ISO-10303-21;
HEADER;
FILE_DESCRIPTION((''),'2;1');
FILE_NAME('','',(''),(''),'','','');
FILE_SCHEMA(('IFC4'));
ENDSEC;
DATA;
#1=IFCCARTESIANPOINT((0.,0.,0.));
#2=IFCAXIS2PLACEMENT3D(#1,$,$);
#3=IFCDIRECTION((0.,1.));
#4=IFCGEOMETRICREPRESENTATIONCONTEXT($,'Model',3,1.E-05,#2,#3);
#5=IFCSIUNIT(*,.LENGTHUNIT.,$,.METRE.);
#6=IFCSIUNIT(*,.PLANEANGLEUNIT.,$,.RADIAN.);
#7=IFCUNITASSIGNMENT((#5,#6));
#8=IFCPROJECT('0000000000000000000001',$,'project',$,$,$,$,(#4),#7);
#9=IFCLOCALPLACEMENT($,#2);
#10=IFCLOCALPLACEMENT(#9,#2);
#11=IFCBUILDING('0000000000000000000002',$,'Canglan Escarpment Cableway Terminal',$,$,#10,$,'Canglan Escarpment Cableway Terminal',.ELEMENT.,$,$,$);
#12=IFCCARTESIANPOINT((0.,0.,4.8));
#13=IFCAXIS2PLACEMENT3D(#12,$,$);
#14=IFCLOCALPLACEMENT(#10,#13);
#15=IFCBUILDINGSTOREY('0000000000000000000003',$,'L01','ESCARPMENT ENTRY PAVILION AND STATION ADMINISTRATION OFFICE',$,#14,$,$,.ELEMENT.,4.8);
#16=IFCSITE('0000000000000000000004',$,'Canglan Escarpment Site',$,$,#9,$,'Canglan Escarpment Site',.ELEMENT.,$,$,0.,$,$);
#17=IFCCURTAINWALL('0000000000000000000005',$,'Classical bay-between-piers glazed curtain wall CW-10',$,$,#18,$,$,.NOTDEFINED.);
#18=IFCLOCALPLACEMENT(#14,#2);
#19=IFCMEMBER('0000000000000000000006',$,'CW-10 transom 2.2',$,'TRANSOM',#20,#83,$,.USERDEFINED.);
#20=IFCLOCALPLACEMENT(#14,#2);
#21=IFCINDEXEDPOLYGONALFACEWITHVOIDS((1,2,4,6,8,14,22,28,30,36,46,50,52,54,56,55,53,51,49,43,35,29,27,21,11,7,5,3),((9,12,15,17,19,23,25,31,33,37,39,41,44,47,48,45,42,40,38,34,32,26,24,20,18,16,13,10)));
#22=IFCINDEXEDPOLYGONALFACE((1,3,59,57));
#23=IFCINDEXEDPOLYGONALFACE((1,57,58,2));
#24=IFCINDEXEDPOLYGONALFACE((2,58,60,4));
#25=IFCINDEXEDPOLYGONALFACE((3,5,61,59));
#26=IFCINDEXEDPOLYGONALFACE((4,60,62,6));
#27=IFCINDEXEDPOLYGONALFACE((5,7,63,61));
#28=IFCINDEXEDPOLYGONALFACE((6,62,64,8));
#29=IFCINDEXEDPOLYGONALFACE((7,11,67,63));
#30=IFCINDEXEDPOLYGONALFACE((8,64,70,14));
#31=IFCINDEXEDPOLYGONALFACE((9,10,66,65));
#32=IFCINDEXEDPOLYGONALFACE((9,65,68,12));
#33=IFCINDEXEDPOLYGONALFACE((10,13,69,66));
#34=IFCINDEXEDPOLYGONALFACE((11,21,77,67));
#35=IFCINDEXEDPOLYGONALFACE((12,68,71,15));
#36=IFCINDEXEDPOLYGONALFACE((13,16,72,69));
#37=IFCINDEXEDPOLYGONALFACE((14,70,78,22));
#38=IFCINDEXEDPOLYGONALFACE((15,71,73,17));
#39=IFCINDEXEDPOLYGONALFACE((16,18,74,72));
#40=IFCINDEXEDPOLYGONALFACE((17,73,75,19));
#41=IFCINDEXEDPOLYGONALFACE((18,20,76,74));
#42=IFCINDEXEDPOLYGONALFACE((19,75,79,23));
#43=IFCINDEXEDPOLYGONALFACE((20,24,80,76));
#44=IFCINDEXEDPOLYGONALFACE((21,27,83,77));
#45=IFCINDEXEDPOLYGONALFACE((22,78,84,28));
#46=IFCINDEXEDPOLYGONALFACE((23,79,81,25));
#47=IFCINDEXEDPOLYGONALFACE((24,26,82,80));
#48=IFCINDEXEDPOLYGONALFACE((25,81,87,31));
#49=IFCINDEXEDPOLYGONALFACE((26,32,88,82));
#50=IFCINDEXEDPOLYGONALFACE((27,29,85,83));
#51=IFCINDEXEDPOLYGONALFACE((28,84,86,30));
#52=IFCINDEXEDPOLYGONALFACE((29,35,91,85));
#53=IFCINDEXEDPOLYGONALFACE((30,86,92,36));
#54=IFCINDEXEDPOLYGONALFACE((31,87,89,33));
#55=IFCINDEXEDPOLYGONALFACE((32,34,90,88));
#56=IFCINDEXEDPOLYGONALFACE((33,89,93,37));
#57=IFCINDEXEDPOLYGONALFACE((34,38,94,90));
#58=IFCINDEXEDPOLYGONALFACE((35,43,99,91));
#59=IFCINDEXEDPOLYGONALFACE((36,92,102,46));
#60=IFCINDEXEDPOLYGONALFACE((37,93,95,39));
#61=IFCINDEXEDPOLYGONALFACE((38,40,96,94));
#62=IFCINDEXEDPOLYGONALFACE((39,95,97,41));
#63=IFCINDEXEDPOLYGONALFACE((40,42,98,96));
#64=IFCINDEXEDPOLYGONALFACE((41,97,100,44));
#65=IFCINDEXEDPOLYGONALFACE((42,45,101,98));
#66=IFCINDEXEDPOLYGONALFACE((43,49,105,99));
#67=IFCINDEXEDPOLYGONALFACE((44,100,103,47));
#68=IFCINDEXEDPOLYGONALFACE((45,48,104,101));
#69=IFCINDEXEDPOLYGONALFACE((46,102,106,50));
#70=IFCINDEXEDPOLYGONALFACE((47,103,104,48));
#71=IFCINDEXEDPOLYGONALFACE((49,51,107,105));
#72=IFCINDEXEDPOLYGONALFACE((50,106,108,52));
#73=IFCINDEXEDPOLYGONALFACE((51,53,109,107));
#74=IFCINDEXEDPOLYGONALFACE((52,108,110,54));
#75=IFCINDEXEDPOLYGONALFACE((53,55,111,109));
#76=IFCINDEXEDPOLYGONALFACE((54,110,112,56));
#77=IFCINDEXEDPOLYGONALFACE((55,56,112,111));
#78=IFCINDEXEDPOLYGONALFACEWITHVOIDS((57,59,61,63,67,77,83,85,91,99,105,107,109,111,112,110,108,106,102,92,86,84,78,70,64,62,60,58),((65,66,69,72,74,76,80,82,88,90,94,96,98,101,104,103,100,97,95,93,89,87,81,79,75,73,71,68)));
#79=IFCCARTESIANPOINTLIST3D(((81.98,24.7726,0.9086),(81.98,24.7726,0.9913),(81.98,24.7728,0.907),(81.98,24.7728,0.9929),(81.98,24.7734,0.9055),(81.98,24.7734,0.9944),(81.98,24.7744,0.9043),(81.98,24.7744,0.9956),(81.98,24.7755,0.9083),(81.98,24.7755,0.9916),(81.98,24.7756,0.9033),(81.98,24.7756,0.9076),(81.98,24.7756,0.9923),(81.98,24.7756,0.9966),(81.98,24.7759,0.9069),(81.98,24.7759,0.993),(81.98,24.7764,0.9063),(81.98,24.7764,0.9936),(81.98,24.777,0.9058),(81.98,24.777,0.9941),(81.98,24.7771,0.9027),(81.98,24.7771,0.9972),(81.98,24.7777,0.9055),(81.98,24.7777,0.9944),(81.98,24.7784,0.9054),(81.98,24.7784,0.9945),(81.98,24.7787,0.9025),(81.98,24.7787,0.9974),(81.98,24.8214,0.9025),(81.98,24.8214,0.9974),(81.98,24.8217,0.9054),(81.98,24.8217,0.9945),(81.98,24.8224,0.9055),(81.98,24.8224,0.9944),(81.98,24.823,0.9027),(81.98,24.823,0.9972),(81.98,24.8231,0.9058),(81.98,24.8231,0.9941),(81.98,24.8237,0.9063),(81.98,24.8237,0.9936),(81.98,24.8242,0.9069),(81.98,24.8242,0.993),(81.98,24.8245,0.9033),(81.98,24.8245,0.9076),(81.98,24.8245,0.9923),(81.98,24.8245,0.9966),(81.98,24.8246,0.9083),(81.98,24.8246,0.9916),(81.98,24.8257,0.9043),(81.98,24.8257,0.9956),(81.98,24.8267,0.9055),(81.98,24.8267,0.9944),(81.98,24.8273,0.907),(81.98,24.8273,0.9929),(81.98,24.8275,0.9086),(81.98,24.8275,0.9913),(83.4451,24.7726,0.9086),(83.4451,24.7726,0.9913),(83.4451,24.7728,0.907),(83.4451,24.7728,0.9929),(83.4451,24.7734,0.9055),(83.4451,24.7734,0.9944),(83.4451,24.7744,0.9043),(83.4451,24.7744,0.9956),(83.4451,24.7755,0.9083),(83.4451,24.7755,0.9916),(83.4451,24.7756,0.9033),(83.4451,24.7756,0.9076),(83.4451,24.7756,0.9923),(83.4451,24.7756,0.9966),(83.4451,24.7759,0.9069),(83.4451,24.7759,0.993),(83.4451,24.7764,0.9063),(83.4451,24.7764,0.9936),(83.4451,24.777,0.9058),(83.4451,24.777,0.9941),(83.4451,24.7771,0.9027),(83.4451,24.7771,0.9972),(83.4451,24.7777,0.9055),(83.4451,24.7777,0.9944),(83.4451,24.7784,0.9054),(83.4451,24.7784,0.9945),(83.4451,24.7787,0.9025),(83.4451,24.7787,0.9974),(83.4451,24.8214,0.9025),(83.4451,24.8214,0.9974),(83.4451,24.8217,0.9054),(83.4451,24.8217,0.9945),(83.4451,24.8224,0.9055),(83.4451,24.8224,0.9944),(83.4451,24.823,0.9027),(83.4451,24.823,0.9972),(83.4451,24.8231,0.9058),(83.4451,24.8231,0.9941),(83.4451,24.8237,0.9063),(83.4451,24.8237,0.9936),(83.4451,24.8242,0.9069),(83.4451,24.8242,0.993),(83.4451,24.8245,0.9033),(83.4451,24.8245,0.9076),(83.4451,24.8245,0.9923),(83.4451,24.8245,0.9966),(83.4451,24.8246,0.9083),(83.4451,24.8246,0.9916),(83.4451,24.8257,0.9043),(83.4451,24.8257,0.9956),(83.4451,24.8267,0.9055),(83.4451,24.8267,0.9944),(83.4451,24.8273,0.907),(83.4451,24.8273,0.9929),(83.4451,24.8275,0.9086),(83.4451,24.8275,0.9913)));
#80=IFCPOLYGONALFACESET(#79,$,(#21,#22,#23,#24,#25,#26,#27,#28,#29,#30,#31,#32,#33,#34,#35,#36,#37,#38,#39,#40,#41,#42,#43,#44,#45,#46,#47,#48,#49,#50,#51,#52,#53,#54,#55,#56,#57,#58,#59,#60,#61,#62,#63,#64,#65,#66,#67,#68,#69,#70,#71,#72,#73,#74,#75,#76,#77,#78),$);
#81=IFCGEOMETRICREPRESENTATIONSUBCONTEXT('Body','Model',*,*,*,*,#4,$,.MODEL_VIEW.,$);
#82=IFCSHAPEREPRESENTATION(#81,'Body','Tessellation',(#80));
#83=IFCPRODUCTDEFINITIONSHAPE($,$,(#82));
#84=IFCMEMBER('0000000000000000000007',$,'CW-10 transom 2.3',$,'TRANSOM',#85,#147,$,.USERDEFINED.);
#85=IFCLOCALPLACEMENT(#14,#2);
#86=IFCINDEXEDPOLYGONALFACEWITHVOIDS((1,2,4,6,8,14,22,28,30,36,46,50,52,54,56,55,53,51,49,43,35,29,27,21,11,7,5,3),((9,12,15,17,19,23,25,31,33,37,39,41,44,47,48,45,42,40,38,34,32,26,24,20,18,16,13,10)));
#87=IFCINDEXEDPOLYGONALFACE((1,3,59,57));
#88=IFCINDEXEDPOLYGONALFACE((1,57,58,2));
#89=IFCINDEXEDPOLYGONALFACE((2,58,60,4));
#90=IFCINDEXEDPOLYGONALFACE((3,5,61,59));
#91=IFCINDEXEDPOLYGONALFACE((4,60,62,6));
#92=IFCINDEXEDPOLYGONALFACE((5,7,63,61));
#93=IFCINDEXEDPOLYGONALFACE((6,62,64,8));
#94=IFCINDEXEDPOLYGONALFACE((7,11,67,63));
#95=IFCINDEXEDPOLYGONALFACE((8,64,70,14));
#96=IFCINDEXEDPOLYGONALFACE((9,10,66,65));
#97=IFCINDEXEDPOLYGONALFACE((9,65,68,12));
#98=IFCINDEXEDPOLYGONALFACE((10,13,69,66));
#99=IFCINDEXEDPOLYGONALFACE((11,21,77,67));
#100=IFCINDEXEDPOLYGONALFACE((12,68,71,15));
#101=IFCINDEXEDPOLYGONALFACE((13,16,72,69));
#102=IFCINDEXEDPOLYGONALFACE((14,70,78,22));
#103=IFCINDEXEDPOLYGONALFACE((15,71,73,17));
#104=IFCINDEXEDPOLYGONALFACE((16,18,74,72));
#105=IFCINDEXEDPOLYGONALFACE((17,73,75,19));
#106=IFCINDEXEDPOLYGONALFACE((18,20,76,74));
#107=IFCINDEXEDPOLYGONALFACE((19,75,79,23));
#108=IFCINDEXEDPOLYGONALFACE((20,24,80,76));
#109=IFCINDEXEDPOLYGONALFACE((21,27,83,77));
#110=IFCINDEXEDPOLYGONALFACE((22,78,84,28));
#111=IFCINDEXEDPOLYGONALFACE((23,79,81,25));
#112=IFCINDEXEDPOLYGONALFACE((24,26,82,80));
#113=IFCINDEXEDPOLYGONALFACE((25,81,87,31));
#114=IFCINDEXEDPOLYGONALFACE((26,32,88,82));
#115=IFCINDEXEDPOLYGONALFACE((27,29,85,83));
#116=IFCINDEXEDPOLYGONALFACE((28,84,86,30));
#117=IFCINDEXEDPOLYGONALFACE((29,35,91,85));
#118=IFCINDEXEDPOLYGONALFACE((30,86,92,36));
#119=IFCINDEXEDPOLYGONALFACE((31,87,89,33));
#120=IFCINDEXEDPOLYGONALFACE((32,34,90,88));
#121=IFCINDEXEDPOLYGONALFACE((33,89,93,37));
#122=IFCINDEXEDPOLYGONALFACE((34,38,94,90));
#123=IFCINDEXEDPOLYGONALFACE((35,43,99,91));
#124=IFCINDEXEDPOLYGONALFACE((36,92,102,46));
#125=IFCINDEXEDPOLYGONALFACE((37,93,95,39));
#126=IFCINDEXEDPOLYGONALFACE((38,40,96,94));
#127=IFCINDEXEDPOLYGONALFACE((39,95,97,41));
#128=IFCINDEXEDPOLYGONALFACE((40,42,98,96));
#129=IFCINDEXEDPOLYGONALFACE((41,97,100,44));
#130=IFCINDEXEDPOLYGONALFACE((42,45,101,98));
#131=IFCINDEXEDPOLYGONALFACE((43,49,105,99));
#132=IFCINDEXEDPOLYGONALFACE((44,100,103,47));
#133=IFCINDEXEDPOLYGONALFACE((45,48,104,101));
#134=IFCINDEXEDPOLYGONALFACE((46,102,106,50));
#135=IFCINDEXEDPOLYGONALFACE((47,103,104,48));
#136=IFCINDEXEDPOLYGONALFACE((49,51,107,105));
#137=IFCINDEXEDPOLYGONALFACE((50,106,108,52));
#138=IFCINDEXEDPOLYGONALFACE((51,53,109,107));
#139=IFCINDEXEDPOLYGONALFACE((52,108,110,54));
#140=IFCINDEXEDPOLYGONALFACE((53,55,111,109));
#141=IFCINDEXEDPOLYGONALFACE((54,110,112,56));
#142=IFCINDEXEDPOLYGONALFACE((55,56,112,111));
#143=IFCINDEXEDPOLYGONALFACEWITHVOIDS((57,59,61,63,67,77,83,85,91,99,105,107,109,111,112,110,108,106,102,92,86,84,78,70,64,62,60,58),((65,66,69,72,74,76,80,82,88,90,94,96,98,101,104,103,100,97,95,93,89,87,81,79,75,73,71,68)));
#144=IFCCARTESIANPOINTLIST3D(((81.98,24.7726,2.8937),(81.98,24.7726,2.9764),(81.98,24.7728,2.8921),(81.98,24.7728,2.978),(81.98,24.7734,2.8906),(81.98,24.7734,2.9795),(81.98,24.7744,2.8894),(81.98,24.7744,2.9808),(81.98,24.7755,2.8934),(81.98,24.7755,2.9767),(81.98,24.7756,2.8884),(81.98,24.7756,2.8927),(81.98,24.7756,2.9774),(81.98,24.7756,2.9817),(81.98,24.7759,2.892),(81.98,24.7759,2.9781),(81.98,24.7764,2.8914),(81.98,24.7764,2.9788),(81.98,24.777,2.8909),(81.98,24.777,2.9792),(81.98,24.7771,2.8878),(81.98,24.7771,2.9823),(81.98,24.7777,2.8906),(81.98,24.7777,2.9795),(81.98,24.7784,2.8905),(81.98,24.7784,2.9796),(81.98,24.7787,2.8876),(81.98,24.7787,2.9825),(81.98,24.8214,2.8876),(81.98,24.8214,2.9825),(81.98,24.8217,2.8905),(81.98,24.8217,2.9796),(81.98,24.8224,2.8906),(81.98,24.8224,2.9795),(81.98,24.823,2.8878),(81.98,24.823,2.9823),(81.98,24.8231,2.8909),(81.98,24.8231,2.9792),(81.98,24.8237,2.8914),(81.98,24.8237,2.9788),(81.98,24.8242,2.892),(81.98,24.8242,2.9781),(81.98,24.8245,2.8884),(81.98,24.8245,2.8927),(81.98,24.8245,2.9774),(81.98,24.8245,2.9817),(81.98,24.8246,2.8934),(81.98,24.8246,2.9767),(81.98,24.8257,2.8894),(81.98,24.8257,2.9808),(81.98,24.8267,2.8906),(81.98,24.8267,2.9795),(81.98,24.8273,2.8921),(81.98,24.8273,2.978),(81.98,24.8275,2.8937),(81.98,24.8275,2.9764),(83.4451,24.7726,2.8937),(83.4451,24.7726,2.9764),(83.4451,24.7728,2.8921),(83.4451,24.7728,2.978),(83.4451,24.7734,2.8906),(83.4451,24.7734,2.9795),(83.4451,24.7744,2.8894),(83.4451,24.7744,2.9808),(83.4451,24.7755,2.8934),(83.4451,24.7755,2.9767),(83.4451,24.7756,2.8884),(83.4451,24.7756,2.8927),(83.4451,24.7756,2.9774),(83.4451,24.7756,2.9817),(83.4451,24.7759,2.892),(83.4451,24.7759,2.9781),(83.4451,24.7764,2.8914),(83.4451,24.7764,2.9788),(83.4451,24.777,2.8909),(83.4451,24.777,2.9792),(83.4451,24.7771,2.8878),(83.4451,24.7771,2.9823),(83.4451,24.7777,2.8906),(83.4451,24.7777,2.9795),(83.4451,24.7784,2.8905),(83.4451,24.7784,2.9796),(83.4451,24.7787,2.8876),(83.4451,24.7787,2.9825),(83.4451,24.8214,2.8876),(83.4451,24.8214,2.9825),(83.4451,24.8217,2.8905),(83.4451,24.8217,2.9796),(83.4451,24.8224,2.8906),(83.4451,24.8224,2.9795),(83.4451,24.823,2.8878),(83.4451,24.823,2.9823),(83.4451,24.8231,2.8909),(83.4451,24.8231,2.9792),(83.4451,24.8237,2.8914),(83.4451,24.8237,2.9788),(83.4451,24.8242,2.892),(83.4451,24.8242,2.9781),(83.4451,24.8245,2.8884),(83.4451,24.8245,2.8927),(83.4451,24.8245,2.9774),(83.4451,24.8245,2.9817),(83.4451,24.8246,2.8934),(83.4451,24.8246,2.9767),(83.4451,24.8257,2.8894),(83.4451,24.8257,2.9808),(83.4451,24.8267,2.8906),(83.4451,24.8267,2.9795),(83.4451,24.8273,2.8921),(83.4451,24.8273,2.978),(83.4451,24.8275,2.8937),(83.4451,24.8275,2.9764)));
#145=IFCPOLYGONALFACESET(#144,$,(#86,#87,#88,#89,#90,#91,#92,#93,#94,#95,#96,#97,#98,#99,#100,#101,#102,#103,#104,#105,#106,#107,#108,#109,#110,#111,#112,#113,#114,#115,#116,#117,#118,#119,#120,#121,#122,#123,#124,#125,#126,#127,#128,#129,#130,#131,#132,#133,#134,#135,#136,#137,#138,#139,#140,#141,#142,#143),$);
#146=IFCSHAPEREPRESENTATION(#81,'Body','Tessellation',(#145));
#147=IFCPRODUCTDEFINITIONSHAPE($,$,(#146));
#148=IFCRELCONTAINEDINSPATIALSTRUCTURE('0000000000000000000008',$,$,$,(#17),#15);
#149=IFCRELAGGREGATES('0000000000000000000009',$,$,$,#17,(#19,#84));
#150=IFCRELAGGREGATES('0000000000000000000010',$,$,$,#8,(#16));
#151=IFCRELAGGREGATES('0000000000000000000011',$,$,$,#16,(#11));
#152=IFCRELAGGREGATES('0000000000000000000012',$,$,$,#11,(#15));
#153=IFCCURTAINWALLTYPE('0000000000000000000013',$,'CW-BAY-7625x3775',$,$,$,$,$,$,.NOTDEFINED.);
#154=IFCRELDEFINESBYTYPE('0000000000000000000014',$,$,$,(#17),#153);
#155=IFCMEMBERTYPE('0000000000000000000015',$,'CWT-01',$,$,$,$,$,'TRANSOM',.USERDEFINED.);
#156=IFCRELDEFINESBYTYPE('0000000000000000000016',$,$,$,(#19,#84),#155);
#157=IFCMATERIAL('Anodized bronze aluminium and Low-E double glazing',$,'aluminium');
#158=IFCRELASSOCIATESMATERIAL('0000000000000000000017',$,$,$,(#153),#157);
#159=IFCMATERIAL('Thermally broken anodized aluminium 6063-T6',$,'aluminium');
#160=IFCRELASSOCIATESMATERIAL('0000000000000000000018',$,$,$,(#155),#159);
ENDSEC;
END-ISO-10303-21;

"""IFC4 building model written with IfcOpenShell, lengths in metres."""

from ifc_helpers import new_model, si_unit, direction, frame, origin, origin_2d, place, context, subcontext, project, spatial, hollow_rectangle, extrude, material, material_profile, profile_set, type_object, element, aggregate, save


model = new_model("IFC4")

# Units and contexts
model_context = context("Model", 3, precision=1e-05, world=origin(), true_north=direction((0.0, 1.0)))
body_context = subcontext(model_context, "Body", "Model", "MODEL_VIEW")
ifc_project = project(units=[si_unit("LENGTHUNIT", "METRE"), si_unit("PLANEANGLEUNIT", "RADIAN")], contexts=[model_context])

# Site, building, storey
site_placement = place(None, origin())
site = spatial("IfcSite", under=ifc_project, at=site_placement, Name="Canglan Escarpment Site", LongName="Canglan Escarpment Site", CompositionType="ELEMENT", RefElevation=0.0)
building_placement = place(site_placement, origin())
building = spatial("IfcBuilding", under=site, at=building_placement, Name="Canglan Escarpment Cableway Terminal", LongName="Canglan Escarpment Cableway Terminal", CompositionType="ELEMENT")
storey_placement = place(building_placement, frame((0.0, 0.0, 4.8)))
storey = spatial("IfcBuildingStorey", under=building, at=storey_placement, Name="L01", Description="ESCARPMENT ENTRY PAVILION AND STATION ADMINISTRATION OFFICE", CompositionType="ELEMENT", Elevation=4.8)

# Curtain wall, members
ifc_material_1 = material(Name="Anodized bronze aluminium and Low-E double glazing", Category="aluminium")
curtain_wall_type = type_object("IfcCurtainWallType", Name="CW-BAY-7625x3775", PredefinedType="NOTDEFINED", material=ifc_material_1)
curtain_wall_placement = place(storey_placement, origin())
curtain_wall = element("IfcCurtainWall", 1, at=curtain_wall_placement, inside=storey, type_object=curtain_wall_type, Name="Classical bay-between-piers glazed curtain wall CW-10", PredefinedType="NOTDEFINED")
ifc_material_2 = material(Name="Thermally broken anodized aluminium 6063-T6", Category="aluminium")
ifc_material_profile_1 = material_profile(ifc_material_2, hollow_rectangle(XDim=0.0549, YDim=0.095, WallThickness=0.0029, InnerFilletRadius=0.0029, OuterFilletRadius=0.0061, at=origin_2d()), Name="ALU-TRAN 55x95x3")
ifc_profile_set_1 = profile_set([ifc_material_profile_1], Name="Thermally broken anodized aluminium 6063-T6")
member_type_1 = type_object("IfcMemberType", Name="CWT-01", ElementType="TRANSOM", PredefinedType="USERDEFINED", material=ifc_profile_set_1)
member_1_placement = place(storey_placement, frame((83.4451, 24.8, 0.95), z_axis=(-1.0, 0.0, 0.0), x_axis=(0.0, -1.0, 0.0)))
member_1 = element("IfcMember", 2, at=member_1_placement, type_object=member_type_1, Name="CW-10 transom 2.2", ObjectType="TRANSOM", PredefinedType="USERDEFINED", context=body_context, shape_type="SweptSolid", body=[
    extrude(hollow_rectangle(XDim=0.0549, YDim=0.095, WallThickness=0.0029, InnerFilletRadius=0.0029, OuterFilletRadius=0.0061, at=origin_2d()), origin(), (0.0, 0.0, 1.0), 1.4651),
])
member_2_placement = place(storey_placement, frame((83.4451, 24.8, 2.9351), z_axis=(-1.0, 0.0, 0.0), x_axis=(0.0, -1.0, 0.0)))
member_2 = element("IfcMember", 3, at=member_2_placement, type_object=member_type_1, Name="CW-10 transom 2.3", ObjectType="TRANSOM", PredefinedType="USERDEFINED", context=body_context, shape_type="SweptSolid", body=[
    extrude(hollow_rectangle(XDim=0.0549, YDim=0.095, WallThickness=0.0029, InnerFilletRadius=0.0029, OuterFilletRadius=0.0061, at=origin_2d()), origin(), (0.0, 0.0, 1.0), 1.4651),
])

aggregate(curtain_wall, [member_1, member_2])

save(model, "model.ifc")
